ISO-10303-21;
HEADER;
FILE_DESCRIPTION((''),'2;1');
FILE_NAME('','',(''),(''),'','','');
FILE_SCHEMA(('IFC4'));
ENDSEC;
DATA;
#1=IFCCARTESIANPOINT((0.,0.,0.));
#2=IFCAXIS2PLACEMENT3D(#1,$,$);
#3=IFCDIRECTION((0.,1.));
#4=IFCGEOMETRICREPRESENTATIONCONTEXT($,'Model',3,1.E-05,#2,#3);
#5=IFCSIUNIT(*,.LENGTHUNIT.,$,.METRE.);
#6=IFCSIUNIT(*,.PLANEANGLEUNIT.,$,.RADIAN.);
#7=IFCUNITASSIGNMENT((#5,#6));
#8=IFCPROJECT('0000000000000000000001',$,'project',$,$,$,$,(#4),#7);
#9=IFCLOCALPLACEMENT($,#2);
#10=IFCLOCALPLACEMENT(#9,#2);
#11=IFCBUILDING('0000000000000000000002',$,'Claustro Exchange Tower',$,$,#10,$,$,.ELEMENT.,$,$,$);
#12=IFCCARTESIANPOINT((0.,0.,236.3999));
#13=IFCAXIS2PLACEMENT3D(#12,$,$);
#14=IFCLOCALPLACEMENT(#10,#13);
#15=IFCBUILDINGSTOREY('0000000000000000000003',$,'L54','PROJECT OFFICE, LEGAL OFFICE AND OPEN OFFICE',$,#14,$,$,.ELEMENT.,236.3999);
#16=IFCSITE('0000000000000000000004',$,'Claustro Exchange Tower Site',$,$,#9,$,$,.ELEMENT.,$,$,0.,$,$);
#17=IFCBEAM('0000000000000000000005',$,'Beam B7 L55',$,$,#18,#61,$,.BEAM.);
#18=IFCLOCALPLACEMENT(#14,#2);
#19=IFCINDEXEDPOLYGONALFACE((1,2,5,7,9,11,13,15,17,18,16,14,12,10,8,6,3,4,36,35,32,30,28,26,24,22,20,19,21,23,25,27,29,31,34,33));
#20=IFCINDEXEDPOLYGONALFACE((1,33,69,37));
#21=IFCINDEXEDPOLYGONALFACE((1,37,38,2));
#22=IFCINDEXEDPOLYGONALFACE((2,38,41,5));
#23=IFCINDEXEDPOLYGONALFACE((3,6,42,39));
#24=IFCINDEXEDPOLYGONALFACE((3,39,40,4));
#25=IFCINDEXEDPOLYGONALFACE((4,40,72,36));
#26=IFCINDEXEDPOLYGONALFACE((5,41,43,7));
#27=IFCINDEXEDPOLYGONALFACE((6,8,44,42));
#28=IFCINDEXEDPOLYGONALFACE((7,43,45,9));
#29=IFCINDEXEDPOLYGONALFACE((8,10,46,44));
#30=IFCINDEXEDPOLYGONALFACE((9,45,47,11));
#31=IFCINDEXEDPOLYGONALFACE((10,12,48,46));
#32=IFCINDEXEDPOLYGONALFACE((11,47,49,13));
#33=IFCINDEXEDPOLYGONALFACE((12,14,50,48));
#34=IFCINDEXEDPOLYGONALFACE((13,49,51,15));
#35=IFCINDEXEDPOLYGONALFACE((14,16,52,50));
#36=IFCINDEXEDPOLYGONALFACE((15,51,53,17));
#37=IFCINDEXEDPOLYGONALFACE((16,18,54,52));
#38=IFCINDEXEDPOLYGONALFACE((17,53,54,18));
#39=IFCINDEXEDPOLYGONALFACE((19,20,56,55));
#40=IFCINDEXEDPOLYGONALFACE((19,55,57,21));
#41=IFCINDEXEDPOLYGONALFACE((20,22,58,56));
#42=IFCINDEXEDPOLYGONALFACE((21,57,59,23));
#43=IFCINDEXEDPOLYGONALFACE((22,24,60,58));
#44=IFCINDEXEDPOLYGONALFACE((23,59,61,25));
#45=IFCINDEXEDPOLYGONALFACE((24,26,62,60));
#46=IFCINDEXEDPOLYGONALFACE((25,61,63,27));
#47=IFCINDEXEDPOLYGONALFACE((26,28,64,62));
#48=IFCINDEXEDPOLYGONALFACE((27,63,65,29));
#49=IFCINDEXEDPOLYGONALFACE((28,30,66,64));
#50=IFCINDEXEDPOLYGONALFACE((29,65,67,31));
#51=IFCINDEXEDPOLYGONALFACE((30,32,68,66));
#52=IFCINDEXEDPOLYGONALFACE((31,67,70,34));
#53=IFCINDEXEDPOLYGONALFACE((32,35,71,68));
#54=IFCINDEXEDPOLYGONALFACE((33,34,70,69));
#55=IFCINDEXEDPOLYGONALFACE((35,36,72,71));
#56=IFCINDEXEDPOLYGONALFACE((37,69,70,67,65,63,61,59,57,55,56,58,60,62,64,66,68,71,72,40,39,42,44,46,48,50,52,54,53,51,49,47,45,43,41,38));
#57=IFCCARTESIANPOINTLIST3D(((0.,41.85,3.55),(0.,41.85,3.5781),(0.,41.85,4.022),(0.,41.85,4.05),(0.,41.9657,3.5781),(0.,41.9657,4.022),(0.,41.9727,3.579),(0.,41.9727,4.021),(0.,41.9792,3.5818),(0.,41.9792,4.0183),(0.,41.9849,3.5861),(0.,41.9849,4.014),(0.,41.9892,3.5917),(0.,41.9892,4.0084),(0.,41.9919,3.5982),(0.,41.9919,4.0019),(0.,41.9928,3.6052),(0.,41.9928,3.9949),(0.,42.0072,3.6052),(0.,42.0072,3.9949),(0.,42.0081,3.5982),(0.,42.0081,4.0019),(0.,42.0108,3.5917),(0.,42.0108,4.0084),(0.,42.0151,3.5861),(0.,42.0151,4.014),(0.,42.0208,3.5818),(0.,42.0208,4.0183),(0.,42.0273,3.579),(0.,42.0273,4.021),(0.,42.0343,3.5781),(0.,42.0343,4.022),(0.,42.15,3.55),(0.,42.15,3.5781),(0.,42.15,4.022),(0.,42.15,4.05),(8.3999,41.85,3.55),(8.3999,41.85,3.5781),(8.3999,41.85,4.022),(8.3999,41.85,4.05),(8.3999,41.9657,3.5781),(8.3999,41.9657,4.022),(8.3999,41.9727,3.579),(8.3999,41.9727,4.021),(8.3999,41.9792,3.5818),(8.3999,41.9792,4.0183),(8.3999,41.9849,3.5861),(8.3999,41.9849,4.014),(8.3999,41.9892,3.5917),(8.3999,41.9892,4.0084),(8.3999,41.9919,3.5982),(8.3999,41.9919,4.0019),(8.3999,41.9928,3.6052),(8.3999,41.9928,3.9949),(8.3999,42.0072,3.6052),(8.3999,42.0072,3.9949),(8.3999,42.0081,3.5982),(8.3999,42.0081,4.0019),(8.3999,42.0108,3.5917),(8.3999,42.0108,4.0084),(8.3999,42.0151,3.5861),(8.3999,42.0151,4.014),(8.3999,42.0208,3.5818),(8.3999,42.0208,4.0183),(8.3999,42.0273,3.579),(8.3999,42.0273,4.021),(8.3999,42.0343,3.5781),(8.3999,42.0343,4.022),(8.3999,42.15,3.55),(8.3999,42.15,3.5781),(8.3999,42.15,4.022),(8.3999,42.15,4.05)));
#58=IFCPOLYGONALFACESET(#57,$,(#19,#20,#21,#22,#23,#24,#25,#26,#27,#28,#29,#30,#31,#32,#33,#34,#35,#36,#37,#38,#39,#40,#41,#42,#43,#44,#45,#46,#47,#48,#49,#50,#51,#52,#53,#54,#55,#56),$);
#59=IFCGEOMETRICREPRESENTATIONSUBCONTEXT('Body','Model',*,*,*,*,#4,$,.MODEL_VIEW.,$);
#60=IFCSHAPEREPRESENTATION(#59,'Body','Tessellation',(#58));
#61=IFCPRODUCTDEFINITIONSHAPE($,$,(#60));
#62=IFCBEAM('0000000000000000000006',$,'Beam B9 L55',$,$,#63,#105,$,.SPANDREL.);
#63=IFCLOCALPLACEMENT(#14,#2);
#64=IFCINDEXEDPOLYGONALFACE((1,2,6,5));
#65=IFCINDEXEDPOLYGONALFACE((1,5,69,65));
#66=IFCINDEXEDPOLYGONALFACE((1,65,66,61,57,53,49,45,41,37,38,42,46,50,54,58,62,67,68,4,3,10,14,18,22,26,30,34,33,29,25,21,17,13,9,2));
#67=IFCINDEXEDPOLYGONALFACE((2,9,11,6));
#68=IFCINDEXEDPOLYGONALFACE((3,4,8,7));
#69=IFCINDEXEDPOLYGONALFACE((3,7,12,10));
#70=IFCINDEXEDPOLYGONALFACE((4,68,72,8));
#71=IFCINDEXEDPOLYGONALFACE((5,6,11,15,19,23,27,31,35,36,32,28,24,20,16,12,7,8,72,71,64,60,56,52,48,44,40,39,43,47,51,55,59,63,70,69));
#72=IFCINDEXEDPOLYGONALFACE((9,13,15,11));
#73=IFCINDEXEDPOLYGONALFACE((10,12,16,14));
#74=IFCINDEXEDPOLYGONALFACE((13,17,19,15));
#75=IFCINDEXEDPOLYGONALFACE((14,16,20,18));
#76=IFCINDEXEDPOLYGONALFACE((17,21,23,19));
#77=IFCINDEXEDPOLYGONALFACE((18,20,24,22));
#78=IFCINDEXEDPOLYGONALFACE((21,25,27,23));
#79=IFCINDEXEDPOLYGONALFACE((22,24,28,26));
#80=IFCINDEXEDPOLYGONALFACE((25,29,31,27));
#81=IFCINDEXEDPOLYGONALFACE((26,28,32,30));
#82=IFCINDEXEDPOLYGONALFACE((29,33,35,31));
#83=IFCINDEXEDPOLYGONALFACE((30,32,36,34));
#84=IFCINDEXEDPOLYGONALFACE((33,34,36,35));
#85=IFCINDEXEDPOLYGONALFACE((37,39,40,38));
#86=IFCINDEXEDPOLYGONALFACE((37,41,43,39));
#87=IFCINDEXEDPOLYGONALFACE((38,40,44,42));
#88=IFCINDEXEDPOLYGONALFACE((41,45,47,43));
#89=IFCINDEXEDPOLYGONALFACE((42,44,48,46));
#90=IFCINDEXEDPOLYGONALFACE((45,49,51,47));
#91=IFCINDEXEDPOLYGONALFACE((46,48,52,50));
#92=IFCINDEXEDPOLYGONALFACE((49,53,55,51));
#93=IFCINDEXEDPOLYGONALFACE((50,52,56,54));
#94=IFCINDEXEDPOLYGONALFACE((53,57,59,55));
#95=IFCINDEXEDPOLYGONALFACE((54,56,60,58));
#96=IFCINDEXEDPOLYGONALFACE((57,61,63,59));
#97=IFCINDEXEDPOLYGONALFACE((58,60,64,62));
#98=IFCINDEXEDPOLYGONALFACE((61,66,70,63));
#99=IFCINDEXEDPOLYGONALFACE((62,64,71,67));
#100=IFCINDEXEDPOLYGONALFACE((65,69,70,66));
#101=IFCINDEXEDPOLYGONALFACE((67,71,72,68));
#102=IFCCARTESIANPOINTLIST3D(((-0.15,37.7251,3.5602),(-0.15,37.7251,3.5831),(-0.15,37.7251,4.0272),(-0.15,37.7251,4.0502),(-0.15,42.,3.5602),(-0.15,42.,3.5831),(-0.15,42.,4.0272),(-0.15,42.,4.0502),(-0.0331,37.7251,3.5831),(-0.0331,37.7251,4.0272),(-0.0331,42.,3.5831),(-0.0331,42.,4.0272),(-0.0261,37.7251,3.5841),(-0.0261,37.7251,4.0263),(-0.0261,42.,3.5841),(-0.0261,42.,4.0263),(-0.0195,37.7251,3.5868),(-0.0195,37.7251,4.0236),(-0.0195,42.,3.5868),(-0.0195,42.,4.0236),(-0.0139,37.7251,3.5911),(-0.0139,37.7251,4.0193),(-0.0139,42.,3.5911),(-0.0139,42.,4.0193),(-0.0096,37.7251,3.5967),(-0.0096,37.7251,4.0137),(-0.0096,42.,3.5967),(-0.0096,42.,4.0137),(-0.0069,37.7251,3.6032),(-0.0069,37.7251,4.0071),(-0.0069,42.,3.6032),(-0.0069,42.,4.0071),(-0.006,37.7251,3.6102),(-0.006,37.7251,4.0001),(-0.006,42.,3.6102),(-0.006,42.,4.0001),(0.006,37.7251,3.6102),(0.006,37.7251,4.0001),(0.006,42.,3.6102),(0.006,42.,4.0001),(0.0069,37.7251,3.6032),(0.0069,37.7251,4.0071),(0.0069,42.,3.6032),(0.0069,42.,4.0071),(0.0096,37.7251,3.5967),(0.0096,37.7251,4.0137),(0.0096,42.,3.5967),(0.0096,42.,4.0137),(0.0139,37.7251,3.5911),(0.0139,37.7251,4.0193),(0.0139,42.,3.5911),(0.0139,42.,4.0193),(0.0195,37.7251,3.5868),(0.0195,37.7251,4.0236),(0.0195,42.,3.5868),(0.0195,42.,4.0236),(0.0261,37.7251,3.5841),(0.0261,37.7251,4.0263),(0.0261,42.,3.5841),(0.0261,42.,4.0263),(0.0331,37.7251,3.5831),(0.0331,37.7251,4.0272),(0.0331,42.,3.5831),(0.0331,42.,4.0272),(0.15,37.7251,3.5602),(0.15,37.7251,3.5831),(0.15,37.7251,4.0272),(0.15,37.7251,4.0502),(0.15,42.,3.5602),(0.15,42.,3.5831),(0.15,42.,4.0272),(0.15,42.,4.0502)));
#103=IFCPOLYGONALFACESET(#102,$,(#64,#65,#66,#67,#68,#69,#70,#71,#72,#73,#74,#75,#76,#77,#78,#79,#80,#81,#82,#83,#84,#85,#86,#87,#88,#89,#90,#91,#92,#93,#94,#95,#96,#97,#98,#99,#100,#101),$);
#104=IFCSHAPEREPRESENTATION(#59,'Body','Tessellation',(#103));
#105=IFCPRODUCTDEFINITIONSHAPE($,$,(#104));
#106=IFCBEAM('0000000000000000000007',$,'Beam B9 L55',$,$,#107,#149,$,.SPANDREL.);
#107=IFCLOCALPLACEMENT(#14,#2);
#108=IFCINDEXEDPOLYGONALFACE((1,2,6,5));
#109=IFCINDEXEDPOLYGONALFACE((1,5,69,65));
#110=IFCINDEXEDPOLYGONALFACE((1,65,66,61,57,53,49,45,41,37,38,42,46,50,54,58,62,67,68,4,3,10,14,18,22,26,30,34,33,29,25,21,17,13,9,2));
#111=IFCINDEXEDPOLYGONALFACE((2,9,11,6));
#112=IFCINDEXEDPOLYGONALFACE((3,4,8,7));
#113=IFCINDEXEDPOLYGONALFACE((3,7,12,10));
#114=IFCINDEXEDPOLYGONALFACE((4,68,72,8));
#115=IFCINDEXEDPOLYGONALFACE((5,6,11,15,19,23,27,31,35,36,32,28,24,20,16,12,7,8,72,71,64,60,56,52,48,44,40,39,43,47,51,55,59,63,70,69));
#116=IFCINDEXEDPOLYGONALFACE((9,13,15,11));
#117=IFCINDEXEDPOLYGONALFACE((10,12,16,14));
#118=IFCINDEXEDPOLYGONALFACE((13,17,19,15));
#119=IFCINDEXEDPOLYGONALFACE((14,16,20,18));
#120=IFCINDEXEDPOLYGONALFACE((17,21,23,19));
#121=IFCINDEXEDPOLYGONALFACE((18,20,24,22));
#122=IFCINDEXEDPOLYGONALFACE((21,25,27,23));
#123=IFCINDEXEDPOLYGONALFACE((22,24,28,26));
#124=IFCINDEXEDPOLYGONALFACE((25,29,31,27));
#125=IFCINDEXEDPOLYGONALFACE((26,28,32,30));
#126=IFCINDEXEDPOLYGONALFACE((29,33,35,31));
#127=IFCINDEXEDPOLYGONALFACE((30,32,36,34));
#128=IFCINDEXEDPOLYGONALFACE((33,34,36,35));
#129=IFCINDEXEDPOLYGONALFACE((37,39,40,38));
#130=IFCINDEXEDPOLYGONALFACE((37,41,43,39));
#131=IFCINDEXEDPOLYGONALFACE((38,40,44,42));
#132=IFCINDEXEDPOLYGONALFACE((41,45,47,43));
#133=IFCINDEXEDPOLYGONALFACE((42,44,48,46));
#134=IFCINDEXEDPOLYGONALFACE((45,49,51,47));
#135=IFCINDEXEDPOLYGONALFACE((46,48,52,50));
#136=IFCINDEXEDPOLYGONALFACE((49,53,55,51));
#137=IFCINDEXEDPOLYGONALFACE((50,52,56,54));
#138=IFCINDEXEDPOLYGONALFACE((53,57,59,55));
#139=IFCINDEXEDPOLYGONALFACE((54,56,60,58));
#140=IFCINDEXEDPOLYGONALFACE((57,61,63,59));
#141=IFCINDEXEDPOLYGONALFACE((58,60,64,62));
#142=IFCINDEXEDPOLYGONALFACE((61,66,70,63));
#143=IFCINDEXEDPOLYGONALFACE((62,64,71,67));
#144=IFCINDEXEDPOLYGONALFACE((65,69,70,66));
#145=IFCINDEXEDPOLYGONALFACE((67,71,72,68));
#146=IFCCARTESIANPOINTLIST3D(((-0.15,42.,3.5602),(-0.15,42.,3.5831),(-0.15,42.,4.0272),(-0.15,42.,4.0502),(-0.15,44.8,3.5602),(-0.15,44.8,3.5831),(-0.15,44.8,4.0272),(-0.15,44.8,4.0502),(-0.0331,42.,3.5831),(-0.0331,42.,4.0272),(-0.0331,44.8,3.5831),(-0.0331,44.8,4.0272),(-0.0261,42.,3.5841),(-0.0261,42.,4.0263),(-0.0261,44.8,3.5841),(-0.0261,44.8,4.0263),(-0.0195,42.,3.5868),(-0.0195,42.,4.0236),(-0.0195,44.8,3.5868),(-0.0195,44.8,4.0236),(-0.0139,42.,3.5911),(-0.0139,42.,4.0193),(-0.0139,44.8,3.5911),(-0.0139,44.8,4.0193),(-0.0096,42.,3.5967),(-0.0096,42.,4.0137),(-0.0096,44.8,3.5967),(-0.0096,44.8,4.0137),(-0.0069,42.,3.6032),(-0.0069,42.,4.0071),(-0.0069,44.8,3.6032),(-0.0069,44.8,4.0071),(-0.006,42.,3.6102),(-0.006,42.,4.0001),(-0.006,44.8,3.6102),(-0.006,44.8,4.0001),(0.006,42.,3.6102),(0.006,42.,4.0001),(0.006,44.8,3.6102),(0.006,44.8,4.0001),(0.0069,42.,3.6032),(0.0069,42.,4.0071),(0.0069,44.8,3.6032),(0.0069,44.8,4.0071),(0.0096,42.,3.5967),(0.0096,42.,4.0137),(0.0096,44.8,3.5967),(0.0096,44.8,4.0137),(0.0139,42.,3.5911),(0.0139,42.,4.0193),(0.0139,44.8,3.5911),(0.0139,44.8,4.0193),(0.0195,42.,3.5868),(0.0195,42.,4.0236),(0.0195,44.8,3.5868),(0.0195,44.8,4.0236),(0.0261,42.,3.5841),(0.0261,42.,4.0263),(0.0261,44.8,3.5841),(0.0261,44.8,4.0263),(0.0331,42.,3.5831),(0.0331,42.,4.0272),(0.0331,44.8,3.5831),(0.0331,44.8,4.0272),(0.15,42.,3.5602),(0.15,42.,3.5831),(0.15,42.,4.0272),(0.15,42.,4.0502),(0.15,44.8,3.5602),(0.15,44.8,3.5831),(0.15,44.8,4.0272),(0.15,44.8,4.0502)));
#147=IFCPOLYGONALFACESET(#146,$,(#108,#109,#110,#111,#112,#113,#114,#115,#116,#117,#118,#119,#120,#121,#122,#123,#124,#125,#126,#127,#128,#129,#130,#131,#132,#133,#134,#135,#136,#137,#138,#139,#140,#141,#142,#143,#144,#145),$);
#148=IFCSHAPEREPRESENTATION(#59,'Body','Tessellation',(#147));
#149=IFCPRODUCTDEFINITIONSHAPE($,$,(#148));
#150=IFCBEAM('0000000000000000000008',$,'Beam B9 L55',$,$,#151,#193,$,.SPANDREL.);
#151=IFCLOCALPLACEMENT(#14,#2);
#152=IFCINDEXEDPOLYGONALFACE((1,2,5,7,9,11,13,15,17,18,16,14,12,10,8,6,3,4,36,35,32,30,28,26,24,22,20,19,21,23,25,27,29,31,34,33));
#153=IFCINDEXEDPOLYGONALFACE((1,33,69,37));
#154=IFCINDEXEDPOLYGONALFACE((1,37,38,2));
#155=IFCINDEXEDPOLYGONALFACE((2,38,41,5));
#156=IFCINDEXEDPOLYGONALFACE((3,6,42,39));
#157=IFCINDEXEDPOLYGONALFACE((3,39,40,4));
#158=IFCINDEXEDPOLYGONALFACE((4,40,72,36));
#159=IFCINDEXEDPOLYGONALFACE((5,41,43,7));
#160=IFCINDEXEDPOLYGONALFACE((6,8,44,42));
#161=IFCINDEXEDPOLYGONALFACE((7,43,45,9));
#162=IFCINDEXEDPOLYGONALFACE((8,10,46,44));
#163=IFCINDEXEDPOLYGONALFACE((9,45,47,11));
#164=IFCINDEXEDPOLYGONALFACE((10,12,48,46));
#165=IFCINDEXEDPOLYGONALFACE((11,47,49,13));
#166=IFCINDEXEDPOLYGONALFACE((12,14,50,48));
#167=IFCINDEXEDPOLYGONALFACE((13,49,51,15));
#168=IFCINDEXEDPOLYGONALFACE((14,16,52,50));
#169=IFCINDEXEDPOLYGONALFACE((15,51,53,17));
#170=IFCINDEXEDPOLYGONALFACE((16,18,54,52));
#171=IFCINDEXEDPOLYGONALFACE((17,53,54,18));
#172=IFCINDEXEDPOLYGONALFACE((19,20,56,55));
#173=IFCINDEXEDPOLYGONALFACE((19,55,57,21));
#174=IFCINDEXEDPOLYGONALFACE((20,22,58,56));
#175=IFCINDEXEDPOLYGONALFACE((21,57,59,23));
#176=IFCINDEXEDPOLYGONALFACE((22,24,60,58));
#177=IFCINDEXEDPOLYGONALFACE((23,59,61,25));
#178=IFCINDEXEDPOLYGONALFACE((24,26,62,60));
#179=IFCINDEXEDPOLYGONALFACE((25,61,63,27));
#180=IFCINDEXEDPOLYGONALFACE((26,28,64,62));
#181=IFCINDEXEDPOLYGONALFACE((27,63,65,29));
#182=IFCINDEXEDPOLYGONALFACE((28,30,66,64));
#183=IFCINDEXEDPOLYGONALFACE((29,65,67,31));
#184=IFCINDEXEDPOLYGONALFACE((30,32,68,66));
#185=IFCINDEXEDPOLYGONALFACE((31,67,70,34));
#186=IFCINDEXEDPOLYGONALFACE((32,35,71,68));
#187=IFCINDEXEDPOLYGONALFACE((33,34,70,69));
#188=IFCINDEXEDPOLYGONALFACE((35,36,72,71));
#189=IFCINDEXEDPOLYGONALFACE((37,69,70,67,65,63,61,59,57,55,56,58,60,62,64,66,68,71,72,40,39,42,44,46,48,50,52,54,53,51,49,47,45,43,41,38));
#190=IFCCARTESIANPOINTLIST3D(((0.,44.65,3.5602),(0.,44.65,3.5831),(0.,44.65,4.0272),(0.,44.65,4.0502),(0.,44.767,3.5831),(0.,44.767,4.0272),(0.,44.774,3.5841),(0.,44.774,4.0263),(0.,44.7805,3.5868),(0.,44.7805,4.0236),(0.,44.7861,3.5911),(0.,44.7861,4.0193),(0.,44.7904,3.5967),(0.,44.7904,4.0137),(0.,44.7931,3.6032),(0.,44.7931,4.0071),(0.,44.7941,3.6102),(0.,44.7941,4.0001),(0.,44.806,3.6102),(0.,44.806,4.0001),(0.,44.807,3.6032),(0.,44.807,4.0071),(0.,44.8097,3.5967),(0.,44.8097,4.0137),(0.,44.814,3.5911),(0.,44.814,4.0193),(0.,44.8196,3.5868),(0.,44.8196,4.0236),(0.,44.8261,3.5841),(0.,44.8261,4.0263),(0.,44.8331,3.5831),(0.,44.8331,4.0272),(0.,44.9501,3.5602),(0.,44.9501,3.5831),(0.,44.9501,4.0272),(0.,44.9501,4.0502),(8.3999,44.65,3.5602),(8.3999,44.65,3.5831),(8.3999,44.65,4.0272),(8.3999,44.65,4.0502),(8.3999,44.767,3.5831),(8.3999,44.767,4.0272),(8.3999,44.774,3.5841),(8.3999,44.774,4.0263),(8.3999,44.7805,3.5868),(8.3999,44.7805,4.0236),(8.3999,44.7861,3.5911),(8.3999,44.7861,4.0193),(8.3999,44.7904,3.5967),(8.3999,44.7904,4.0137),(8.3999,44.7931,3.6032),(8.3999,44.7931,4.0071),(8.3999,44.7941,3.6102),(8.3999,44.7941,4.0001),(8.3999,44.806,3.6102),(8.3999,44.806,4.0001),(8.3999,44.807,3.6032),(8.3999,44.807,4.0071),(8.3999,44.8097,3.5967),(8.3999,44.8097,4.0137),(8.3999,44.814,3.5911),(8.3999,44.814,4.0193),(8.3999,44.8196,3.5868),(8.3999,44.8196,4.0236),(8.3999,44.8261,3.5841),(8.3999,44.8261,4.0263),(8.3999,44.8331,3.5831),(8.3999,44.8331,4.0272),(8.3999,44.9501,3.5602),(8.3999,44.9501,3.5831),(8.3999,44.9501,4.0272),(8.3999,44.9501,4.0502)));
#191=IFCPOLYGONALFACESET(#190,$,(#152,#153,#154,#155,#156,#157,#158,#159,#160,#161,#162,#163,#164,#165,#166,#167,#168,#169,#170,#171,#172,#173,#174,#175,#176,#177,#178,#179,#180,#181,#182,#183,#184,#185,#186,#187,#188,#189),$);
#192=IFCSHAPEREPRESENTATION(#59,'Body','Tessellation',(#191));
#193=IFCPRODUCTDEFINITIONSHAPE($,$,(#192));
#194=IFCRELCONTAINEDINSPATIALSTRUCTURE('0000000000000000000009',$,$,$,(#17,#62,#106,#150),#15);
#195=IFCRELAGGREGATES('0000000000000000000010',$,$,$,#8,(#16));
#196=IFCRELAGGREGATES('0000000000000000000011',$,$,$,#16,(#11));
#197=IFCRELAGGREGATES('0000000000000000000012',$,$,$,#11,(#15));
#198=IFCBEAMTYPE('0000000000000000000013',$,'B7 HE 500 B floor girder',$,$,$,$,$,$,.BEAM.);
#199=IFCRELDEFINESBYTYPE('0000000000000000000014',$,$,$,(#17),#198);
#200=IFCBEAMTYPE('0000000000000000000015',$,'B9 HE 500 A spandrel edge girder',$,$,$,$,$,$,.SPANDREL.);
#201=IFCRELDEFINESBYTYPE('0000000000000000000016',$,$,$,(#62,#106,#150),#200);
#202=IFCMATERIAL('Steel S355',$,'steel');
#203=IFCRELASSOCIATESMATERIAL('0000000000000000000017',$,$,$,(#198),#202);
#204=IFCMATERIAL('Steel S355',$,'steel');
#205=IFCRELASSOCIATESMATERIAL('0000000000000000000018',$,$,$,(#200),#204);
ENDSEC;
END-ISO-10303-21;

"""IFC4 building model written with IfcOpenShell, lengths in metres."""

from ifc_helpers import new_model, si_unit, direction, frame, origin, origin_2d, place, context, subcontext, project, spatial, i_section, extrude, material, material_profile, profile_set, type_object, element, save


model = new_model("IFC4")

# Units and contexts
model_context = context("Model", 3, precision=1e-05, world=origin(), true_north=direction((0.0, 1.0)))
body_context = subcontext(model_context, "Body", "Model", "MODEL_VIEW")
ifc_project = project(units=[si_unit("LENGTHUNIT", "METRE"), si_unit("PLANEANGLEUNIT", "RADIAN")], contexts=[model_context])

# Site, building, storey
site_placement = place(None, origin())
site = spatial("IfcSite", under=ifc_project, at=site_placement, Name="Claustro Exchange Tower Site", CompositionType="ELEMENT", RefElevation=0.0)
building_placement = place(site_placement, origin())
building = spatial("IfcBuilding", under=site, at=building_placement, Name="Claustro Exchange Tower", CompositionType="ELEMENT")
storey_placement = place(building_placement, frame((0.0, 0.0, 236.3999)))
storey = spatial("IfcBuildingStorey", under=building, at=storey_placement, Name="L54", Description="PROJECT OFFICE, LEGAL OFFICE AND OPEN OFFICE", CompositionType="ELEMENT", Elevation=236.3999)

# Beams
ifc_material_1 = material(Name="Steel S355", Category="steel")
ifc_material_profile_1 = material_profile(ifc_material_1, i_section(OverallWidth=0.3, OverallDepth=0.5, WebThickness=0.0144, FlangeThickness=0.0281, FilletRadius=0.0271, at=origin_2d()), Name="HE 500 B")
ifc_profile_set_1 = profile_set([ifc_material_profile_1], Name="Steel S355")
beam_type_1 = type_object("IfcBeamType", Name="B7 HE 500 B floor girder", PredefinedType="BEAM", material=ifc_profile_set_1)
beam_1_placement = place(storey_placement, frame((0.0, 42.0, 3.8), z_axis=(1.0, 0.0, 0.0), x_axis=(0.0, 1.0, 0.0)))
element("IfcBeam", 1, at=beam_1_placement, inside=storey, type_object=beam_type_1, Name="Beam B7 L55", PredefinedType="BEAM", context=body_context, shape_type="SweptSolid", body=[
    extrude(i_section(OverallWidth=0.3, OverallDepth=0.5, WebThickness=0.0144, FlangeThickness=0.0281, FilletRadius=0.0271, at=origin_2d()), origin(), (0.0, 0.0, 1.0), 8.3999),
])
ifc_material_2 = material(Name="Steel S355", Category="steel")
ifc_material_profile_2 = material_profile(ifc_material_2, i_section(OverallWidth=0.3, OverallDepth=0.49, WebThickness=0.012, FlangeThickness=0.0229, FilletRadius=0.0271, at=origin_2d()), Name="HE 500 A")
ifc_profile_set_2 = profile_set([ifc_material_profile_2], Name="Steel S355")
beam_type_2 = type_object("IfcBeamType", Name="B9 HE 500 A spandrel edge girder", PredefinedType="SPANDREL", material=ifc_profile_set_2)
beam_2_placement = place(storey_placement, frame((0.0, 37.7251, 3.8052), z_axis=(0.0, 1.0, 0.0), x_axis=(-1.0, 0.0, 0.0)))
element("IfcBeam", 2, at=beam_2_placement, inside=storey, type_object=beam_type_2, Name="Beam B9 L55", PredefinedType="SPANDREL", context=body_context, shape_type="SweptSolid", body=[
    extrude(i_section(OverallWidth=0.3, OverallDepth=0.49, WebThickness=0.012, FlangeThickness=0.0229, FilletRadius=0.0271, at=origin_2d()), origin(), (0.0, 0.0, 1.0), 4.2749),
])
beam_3_placement = place(storey_placement, frame((0.0, 42.0, 3.8052), z_axis=(0.0, 1.0, 0.0), x_axis=(-1.0, 0.0, 0.0)))
element("IfcBeam", 3, at=beam_3_placement, inside=storey, type_object=beam_type_2, Name="Beam B9 L55", PredefinedType="SPANDREL", context=body_context, shape_type="SweptSolid", body=[
    extrude(i_section(OverallWidth=0.3, OverallDepth=0.49, WebThickness=0.012, FlangeThickness=0.0229, FilletRadius=0.0271, at=origin_2d()), origin(), (0.0, 0.0, 1.0), 2.8),
])
beam_4_placement = place(storey_placement, frame((0.0, 44.8, 3.8052), z_axis=(1.0, 0.0, 0.0), x_axis=(0.0, 1.0, 0.0)))
element("IfcBeam", 4, at=beam_4_placement, inside=storey, type_object=beam_type_2, Name="Beam B9 L55", PredefinedType="SPANDREL", context=body_context, shape_type="SweptSolid", body=[
    extrude(i_section(OverallWidth=0.3, OverallDepth=0.49, WebThickness=0.012, FlangeThickness=0.0229, FilletRadius=0.0271, at=origin_2d()), origin(), (0.0, 0.0, 1.0), 8.3999),
])

save(model, "model.ifc")
